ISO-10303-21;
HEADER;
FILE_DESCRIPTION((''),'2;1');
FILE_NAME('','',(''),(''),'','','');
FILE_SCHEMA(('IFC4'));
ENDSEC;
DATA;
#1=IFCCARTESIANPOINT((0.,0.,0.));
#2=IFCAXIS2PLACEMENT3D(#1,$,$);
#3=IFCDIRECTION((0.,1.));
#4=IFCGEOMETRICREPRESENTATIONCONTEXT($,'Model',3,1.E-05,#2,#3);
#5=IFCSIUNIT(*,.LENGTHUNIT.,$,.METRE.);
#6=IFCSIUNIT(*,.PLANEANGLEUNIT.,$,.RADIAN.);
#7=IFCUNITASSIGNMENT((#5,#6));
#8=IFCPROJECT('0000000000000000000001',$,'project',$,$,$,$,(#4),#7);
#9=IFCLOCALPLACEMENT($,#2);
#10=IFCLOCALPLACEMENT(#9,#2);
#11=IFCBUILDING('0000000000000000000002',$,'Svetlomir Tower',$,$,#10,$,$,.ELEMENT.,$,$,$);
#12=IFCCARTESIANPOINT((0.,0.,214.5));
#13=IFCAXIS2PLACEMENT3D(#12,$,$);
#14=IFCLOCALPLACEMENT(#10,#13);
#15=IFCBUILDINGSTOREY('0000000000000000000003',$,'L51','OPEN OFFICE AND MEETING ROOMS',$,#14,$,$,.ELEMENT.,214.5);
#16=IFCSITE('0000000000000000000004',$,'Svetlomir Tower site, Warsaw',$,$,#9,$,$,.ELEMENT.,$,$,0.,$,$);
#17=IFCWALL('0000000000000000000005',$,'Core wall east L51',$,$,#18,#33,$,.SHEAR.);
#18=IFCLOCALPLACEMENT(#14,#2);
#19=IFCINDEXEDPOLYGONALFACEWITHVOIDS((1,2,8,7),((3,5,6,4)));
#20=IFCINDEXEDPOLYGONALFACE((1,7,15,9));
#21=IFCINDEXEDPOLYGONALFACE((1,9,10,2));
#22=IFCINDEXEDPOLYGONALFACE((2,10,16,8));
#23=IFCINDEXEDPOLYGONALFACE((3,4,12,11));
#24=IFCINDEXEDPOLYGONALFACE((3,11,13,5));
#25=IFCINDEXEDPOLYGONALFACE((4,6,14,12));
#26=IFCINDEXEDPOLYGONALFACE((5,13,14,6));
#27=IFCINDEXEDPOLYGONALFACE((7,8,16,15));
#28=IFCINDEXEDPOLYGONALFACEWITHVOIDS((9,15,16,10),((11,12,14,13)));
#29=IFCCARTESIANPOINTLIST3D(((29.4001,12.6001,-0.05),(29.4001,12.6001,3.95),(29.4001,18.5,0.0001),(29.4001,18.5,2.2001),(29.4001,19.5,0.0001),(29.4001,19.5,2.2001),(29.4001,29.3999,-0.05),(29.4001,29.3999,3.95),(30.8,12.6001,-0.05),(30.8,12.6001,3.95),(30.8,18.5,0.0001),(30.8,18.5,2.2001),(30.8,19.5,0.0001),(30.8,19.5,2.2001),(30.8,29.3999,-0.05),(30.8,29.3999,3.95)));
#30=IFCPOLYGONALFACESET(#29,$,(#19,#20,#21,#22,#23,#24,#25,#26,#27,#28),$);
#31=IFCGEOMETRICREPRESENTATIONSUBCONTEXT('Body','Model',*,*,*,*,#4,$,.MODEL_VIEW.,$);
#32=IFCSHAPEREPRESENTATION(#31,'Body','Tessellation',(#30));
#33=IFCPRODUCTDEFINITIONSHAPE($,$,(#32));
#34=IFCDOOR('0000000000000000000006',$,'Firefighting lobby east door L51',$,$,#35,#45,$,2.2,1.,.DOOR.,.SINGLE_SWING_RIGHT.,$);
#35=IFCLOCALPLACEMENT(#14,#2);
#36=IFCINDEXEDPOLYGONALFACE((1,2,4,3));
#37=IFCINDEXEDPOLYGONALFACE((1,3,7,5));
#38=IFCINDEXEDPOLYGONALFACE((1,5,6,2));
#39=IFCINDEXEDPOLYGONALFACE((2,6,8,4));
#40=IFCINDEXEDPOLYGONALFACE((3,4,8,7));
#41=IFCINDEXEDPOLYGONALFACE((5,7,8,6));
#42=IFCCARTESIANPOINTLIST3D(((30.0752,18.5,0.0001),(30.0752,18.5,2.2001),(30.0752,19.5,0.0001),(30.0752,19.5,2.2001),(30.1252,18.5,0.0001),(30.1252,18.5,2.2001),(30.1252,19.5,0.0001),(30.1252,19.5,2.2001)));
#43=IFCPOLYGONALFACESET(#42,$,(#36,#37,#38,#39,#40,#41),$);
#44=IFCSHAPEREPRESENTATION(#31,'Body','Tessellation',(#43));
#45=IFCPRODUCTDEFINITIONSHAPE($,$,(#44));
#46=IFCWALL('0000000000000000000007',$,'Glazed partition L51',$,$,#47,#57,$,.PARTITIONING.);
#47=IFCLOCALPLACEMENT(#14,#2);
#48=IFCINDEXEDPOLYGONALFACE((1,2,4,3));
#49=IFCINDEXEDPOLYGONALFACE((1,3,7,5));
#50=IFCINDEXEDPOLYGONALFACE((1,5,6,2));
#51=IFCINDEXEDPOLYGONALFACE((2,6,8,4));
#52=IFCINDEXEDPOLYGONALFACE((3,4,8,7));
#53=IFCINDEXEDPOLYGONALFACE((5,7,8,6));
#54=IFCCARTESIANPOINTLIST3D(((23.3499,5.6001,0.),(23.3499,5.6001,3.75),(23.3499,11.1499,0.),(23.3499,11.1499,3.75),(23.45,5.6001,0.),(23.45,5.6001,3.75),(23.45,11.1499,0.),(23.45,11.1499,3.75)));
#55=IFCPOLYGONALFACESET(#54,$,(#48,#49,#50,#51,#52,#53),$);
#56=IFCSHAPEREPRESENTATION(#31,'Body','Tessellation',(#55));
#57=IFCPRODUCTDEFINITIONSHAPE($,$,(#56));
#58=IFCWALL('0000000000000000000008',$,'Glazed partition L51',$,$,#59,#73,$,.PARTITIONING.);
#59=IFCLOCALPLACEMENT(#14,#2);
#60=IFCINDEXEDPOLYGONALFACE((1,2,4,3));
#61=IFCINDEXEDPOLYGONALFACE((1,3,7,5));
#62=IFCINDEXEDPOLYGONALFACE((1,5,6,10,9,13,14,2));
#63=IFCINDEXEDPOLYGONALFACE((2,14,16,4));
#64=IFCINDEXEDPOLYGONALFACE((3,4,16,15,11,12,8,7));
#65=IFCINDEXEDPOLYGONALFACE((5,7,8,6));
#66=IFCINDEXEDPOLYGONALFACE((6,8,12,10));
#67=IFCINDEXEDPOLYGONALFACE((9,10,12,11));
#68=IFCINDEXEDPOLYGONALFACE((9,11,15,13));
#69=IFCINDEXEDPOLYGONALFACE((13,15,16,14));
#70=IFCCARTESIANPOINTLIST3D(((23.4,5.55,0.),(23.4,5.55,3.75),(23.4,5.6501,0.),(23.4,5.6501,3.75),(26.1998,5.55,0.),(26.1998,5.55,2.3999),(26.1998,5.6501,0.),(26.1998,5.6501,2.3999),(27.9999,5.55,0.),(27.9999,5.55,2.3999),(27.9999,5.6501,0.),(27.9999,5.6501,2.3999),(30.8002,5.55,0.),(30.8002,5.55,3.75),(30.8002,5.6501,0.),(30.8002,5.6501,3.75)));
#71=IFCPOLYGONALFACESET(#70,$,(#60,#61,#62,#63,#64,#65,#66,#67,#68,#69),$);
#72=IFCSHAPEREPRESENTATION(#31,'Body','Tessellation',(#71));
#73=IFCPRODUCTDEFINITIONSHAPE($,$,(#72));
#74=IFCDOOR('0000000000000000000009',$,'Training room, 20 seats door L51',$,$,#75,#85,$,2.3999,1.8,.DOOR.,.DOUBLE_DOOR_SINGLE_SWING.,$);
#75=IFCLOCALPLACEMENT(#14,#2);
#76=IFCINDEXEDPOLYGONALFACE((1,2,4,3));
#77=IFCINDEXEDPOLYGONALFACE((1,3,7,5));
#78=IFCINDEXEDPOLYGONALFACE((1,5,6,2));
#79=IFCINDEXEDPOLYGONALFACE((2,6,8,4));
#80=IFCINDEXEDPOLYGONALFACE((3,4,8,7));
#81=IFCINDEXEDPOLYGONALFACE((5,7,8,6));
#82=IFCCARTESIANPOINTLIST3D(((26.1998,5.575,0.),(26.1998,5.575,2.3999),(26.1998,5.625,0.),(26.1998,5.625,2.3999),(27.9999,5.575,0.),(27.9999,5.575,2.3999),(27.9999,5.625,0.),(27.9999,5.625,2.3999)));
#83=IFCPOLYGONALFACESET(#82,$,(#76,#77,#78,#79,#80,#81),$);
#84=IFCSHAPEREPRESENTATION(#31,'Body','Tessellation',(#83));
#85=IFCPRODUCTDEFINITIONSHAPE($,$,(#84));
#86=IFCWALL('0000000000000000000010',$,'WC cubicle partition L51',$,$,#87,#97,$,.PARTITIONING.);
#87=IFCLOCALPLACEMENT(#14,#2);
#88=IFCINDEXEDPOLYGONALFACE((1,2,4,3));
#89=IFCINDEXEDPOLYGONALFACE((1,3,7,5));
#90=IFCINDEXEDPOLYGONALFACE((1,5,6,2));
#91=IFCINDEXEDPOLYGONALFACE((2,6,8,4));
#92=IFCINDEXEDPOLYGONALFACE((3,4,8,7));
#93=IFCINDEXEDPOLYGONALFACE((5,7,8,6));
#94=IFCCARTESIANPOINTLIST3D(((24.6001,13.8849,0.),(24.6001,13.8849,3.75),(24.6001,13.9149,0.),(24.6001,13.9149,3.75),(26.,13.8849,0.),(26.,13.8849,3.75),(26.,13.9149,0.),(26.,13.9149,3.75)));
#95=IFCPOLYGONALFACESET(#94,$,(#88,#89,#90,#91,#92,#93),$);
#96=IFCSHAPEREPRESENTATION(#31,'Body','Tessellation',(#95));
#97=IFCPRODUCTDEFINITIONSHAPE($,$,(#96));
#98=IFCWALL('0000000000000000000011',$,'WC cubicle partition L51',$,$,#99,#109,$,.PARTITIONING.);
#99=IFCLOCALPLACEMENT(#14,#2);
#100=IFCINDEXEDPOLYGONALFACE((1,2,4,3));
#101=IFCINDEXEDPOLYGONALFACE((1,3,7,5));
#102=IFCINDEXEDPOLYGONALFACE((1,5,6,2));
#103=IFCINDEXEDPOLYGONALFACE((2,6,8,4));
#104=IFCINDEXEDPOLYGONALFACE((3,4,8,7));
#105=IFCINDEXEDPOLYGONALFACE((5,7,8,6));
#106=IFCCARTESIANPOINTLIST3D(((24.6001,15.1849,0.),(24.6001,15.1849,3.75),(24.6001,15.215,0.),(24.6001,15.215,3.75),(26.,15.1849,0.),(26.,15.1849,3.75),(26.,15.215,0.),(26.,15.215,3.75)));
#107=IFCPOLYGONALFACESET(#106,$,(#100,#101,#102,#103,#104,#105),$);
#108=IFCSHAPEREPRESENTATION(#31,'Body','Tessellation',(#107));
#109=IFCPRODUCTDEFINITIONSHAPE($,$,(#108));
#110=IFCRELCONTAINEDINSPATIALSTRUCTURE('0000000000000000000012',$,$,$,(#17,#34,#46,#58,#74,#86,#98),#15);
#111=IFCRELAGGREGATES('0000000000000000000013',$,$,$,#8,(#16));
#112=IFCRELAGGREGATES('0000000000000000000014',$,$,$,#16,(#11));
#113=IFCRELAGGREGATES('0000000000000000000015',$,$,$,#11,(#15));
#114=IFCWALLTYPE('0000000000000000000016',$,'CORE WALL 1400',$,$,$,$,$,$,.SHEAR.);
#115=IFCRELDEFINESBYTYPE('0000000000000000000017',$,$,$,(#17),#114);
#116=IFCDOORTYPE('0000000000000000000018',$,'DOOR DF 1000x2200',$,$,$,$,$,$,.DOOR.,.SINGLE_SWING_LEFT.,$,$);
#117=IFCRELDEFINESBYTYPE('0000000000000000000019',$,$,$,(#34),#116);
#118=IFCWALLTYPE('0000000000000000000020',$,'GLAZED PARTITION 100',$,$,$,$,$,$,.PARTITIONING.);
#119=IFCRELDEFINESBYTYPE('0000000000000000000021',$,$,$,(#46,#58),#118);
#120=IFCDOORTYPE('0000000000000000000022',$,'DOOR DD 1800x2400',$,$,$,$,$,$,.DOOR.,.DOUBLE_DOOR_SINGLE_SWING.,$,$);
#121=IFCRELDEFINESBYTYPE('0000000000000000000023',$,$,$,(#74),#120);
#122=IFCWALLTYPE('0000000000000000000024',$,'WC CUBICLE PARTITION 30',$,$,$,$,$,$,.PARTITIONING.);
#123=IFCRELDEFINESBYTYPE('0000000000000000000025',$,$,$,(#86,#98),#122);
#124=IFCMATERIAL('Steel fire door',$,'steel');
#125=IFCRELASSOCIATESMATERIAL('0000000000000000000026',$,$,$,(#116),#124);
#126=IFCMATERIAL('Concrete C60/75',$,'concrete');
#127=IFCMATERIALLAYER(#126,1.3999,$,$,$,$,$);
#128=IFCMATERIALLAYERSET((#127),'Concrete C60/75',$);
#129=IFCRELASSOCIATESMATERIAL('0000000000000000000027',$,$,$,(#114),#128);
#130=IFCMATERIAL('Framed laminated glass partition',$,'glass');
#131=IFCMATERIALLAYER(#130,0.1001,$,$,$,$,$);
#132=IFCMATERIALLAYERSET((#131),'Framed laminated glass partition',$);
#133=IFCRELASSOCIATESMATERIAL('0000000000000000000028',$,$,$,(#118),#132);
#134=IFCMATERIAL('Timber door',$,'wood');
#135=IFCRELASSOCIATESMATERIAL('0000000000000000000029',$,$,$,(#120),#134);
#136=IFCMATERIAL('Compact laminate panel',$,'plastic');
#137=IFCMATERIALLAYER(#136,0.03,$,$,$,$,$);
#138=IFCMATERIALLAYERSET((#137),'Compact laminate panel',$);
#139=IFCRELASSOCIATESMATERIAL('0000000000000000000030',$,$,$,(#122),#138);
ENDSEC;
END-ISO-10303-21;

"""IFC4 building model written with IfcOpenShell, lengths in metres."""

from ifc_helpers import new_model, si_unit, direction, frame, frame_2d, origin, place, context, subcontext, project, spatial, rectangle, extrude, material, layer, layer_set, type_object, element, fill, save


model = new_model("IFC4")

# Units and contexts
model_context = context("Model", 3, precision=1e-05, world=origin(), true_north=direction((0.0, 1.0)))
body_context = subcontext(model_context, "Body", "Model", "MODEL_VIEW")
ifc_project = project(units=[si_unit("LENGTHUNIT", "METRE"), si_unit("PLANEANGLEUNIT", "RADIAN")], contexts=[model_context])

# Site, building, storey
site_placement = place(None, origin())
site = spatial("IfcSite", under=ifc_project, at=site_placement, Name="Svetlomir Tower site, Warsaw", CompositionType="ELEMENT", RefElevation=0.0)
building_placement = place(site_placement, origin())
building = spatial("IfcBuilding", under=site, at=building_placement, Name="Svetlomir Tower", CompositionType="ELEMENT")
storey_placement = place(building_placement, frame((0.0, 0.0, 214.5)))
storey = spatial("IfcBuildingStorey", under=building, at=storey_placement, Name="L51", Description="OPEN OFFICE AND MEETING ROOMS", CompositionType="ELEMENT", Elevation=214.5)

# Shared definitions
ifc_material_1 = material(Name="Steel fire door", Category="steel")
door_type_1 = type_object("IfcDoorType", Name="DOOR DF 1000x2200", OperationType="SINGLE_SWING_LEFT", PredefinedType="DOOR", material=ifc_material_1)

# Wall, opening, door
ifc_material_2 = material(Name="Concrete C60/75", Category="concrete")
ifc_layer_1 = layer(ifc_material_2, 1.3999)
ifc_layer_set_1 = layer_set([ifc_layer_1], Name="Concrete C60/75")
wall_type_1 = type_object("IfcWallType", Name="CORE WALL 1400", PredefinedType="SHEAR", material=ifc_layer_set_1)
wall_1_placement = place(storey_placement, frame((30.1001, 12.6001, -0.05), z_axis=(0.0, 0.0, 1.0), x_axis=(0.0, 1.0, 0.0)))
wall_1 = element("IfcWall", 1, at=wall_1_placement, inside=storey, type_object=wall_type_1, Name="Core wall east L51", PredefinedType="SHEAR", context=body_context, shape_type="SweptSolid", body=[
    extrude(rectangle(XDim=16.7998, YDim=1.3999, at=frame_2d((8.3999, 0.0))), origin(), (0.0, 0.0, 1.0), 4.0),
])
opening_1_placement = place(wall_1_placement, frame((5.8999, 0.0, 0.05)))
opening_1 = element("IfcOpeningElement", 2, at=opening_1_placement, cuts=wall_1, PredefinedType="OPENING", context=body_context, shape_type="SweptSolid", body=[
    extrude(rectangle(XDim=1.0, YDim=2.2, at=frame_2d((0.5, 1.1001))), frame((0.0, 0.71, 0.0), z_axis=(0.0, -1.0, 0.0), x_axis=(1.0, 0.0, 0.0)), (0.0, 0.0, 1.0), 1.4199),
])
door_1_placement = place(opening_1_placement, origin())
door_1 = element("IfcDoor", 3, at=door_1_placement, inside=storey, type_object=door_type_1, Name="Firefighting lobby east door L51", OperationType="SINGLE_SWING_RIGHT", OverallHeight=2.2, OverallWidth=1.0, PredefinedType="DOOR", context=body_context, shape_type="SweptSolid", body=[
    extrude(rectangle(XDim=1.0, YDim=2.2, at=frame_2d((0.5, 1.1001))), frame((0.0, 0.0249, 0.0), z_axis=(0.0, -1.0, 0.0), x_axis=(1.0, 0.0, 0.0)), (0.0, 0.0, 1.0), 0.05),
])
fill(opening_1, door_1)

# Wall
ifc_material_3 = material(Name="Framed laminated glass partition", Category="glass")
ifc_layer_2 = layer(ifc_material_3, 0.1001)
ifc_layer_set_2 = layer_set([ifc_layer_2], Name="Framed laminated glass partition")
wall_type_2 = type_object("IfcWallType", Name="GLAZED PARTITION 100", PredefinedType="PARTITIONING", material=ifc_layer_set_2)
wall_2_placement = place(storey_placement, frame((23.3999, 5.6001, 0.0), z_axis=(0.0, 0.0, 1.0), x_axis=(0.0, 1.0, 0.0)))
element("IfcWall", 4, at=wall_2_placement, inside=storey, type_object=wall_type_2, Name="Glazed partition L51", PredefinedType="PARTITIONING", context=body_context, shape_type="SweptSolid", body=[
    extrude(rectangle(XDim=5.5498, YDim=0.1001, at=frame_2d((2.7749, 0.0))), origin(), (0.0, 0.0, 1.0), 3.75),
])

# Wall, opening, door
wall_3_placement = place(storey_placement, frame((23.3999, 5.6001, 0.0), z_axis=(0.0, 0.0, 1.0), x_axis=(1.0, 0.0, 0.0)))
wall_3 = element("IfcWall", 5, at=wall_3_placement, inside=storey, type_object=wall_type_2, Name="Glazed partition L51", PredefinedType="PARTITIONING", context=body_context, shape_type="SweptSolid", body=[
    extrude(rectangle(XDim=7.4001, YDim=0.1001, at=frame_2d((3.7002, 0.0))), origin(), (0.0, 0.0, 1.0), 3.75),
])
opening_2_placement = place(wall_3_placement, frame((2.8, 0.0, 0.0)))
opening_2 = element("IfcOpeningElement", 6, at=opening_2_placement, cuts=wall_3, PredefinedType="OPENING", context=body_context, shape_type="SweptSolid", body=[
    extrude(rectangle(XDim=1.8, YDim=2.3999, at=frame_2d((0.8999, 1.2))), frame((0.0, 0.0601, 0.0), z_axis=(0.0, -1.0, 0.0), x_axis=(1.0, 0.0, 0.0)), (0.0, 0.0, 1.0), 0.1201),
])
ifc_material_4 = material(Name="Timber door", Category="wood")
door_type_2 = type_object("IfcDoorType", Name="DOOR DD 1800x2400", OperationType="DOUBLE_DOOR_SINGLE_SWING", PredefinedType="DOOR", material=ifc_material_4)
door_2_placement = place(opening_2_placement, origin())
door_2 = element("IfcDoor", 7, at=door_2_placement, inside=storey, type_object=door_type_2, Name="Training room, 20 seats door L51", OperationType="DOUBLE_DOOR_SINGLE_SWING", OverallHeight=2.3999, OverallWidth=1.8, PredefinedType="DOOR", context=body_context, shape_type="SweptSolid", body=[
    extrude(rectangle(XDim=1.8, YDim=2.3999, at=frame_2d((0.8999, 1.2))), frame((0.0, 0.0249, 0.0), z_axis=(0.0, -1.0, 0.0), x_axis=(1.0, 0.0, 0.0)), (0.0, 0.0, 1.0), 0.05),
])
fill(opening_2, door_2)

# Walls
ifc_material_5 = material(Name="Compact laminate panel", Category="plastic")
ifc_layer_3 = layer(ifc_material_5, 0.03)
ifc_layer_set_3 = layer_set([ifc_layer_3], Name="Compact laminate panel")
wall_type_3 = type_object("IfcWallType", Name="WC CUBICLE PARTITION 30", PredefinedType="PARTITIONING", material=ifc_layer_set_3)
for number, where, z_axis, x_axis, name in (
    (8, (24.6001, 13.8999, 0.0), (0.0, 0.0, 1.0), (1.0, 0.0, 0.0), "WC cubicle partition L51"),
    (9, (24.6001, 15.2, 0.0), (0.0, 0.0, 1.0), (1.0, 0.0, 0.0), "WC cubicle partition L51"),
):
    element("IfcWall", number, at=place(storey_placement, frame(where, z_axis=z_axis, x_axis=x_axis)), inside=storey, type_object=wall_type_3, Name=name, PredefinedType="PARTITIONING", context=body_context, shape_type="SweptSolid", body=[
        extrude(rectangle(XDim=1.3999, YDim=0.03, at=frame_2d((0.7, 0.0))), origin(), (0.0, 0.0, 1.0), 3.75),
    ])

save(model, "model.ifc")
